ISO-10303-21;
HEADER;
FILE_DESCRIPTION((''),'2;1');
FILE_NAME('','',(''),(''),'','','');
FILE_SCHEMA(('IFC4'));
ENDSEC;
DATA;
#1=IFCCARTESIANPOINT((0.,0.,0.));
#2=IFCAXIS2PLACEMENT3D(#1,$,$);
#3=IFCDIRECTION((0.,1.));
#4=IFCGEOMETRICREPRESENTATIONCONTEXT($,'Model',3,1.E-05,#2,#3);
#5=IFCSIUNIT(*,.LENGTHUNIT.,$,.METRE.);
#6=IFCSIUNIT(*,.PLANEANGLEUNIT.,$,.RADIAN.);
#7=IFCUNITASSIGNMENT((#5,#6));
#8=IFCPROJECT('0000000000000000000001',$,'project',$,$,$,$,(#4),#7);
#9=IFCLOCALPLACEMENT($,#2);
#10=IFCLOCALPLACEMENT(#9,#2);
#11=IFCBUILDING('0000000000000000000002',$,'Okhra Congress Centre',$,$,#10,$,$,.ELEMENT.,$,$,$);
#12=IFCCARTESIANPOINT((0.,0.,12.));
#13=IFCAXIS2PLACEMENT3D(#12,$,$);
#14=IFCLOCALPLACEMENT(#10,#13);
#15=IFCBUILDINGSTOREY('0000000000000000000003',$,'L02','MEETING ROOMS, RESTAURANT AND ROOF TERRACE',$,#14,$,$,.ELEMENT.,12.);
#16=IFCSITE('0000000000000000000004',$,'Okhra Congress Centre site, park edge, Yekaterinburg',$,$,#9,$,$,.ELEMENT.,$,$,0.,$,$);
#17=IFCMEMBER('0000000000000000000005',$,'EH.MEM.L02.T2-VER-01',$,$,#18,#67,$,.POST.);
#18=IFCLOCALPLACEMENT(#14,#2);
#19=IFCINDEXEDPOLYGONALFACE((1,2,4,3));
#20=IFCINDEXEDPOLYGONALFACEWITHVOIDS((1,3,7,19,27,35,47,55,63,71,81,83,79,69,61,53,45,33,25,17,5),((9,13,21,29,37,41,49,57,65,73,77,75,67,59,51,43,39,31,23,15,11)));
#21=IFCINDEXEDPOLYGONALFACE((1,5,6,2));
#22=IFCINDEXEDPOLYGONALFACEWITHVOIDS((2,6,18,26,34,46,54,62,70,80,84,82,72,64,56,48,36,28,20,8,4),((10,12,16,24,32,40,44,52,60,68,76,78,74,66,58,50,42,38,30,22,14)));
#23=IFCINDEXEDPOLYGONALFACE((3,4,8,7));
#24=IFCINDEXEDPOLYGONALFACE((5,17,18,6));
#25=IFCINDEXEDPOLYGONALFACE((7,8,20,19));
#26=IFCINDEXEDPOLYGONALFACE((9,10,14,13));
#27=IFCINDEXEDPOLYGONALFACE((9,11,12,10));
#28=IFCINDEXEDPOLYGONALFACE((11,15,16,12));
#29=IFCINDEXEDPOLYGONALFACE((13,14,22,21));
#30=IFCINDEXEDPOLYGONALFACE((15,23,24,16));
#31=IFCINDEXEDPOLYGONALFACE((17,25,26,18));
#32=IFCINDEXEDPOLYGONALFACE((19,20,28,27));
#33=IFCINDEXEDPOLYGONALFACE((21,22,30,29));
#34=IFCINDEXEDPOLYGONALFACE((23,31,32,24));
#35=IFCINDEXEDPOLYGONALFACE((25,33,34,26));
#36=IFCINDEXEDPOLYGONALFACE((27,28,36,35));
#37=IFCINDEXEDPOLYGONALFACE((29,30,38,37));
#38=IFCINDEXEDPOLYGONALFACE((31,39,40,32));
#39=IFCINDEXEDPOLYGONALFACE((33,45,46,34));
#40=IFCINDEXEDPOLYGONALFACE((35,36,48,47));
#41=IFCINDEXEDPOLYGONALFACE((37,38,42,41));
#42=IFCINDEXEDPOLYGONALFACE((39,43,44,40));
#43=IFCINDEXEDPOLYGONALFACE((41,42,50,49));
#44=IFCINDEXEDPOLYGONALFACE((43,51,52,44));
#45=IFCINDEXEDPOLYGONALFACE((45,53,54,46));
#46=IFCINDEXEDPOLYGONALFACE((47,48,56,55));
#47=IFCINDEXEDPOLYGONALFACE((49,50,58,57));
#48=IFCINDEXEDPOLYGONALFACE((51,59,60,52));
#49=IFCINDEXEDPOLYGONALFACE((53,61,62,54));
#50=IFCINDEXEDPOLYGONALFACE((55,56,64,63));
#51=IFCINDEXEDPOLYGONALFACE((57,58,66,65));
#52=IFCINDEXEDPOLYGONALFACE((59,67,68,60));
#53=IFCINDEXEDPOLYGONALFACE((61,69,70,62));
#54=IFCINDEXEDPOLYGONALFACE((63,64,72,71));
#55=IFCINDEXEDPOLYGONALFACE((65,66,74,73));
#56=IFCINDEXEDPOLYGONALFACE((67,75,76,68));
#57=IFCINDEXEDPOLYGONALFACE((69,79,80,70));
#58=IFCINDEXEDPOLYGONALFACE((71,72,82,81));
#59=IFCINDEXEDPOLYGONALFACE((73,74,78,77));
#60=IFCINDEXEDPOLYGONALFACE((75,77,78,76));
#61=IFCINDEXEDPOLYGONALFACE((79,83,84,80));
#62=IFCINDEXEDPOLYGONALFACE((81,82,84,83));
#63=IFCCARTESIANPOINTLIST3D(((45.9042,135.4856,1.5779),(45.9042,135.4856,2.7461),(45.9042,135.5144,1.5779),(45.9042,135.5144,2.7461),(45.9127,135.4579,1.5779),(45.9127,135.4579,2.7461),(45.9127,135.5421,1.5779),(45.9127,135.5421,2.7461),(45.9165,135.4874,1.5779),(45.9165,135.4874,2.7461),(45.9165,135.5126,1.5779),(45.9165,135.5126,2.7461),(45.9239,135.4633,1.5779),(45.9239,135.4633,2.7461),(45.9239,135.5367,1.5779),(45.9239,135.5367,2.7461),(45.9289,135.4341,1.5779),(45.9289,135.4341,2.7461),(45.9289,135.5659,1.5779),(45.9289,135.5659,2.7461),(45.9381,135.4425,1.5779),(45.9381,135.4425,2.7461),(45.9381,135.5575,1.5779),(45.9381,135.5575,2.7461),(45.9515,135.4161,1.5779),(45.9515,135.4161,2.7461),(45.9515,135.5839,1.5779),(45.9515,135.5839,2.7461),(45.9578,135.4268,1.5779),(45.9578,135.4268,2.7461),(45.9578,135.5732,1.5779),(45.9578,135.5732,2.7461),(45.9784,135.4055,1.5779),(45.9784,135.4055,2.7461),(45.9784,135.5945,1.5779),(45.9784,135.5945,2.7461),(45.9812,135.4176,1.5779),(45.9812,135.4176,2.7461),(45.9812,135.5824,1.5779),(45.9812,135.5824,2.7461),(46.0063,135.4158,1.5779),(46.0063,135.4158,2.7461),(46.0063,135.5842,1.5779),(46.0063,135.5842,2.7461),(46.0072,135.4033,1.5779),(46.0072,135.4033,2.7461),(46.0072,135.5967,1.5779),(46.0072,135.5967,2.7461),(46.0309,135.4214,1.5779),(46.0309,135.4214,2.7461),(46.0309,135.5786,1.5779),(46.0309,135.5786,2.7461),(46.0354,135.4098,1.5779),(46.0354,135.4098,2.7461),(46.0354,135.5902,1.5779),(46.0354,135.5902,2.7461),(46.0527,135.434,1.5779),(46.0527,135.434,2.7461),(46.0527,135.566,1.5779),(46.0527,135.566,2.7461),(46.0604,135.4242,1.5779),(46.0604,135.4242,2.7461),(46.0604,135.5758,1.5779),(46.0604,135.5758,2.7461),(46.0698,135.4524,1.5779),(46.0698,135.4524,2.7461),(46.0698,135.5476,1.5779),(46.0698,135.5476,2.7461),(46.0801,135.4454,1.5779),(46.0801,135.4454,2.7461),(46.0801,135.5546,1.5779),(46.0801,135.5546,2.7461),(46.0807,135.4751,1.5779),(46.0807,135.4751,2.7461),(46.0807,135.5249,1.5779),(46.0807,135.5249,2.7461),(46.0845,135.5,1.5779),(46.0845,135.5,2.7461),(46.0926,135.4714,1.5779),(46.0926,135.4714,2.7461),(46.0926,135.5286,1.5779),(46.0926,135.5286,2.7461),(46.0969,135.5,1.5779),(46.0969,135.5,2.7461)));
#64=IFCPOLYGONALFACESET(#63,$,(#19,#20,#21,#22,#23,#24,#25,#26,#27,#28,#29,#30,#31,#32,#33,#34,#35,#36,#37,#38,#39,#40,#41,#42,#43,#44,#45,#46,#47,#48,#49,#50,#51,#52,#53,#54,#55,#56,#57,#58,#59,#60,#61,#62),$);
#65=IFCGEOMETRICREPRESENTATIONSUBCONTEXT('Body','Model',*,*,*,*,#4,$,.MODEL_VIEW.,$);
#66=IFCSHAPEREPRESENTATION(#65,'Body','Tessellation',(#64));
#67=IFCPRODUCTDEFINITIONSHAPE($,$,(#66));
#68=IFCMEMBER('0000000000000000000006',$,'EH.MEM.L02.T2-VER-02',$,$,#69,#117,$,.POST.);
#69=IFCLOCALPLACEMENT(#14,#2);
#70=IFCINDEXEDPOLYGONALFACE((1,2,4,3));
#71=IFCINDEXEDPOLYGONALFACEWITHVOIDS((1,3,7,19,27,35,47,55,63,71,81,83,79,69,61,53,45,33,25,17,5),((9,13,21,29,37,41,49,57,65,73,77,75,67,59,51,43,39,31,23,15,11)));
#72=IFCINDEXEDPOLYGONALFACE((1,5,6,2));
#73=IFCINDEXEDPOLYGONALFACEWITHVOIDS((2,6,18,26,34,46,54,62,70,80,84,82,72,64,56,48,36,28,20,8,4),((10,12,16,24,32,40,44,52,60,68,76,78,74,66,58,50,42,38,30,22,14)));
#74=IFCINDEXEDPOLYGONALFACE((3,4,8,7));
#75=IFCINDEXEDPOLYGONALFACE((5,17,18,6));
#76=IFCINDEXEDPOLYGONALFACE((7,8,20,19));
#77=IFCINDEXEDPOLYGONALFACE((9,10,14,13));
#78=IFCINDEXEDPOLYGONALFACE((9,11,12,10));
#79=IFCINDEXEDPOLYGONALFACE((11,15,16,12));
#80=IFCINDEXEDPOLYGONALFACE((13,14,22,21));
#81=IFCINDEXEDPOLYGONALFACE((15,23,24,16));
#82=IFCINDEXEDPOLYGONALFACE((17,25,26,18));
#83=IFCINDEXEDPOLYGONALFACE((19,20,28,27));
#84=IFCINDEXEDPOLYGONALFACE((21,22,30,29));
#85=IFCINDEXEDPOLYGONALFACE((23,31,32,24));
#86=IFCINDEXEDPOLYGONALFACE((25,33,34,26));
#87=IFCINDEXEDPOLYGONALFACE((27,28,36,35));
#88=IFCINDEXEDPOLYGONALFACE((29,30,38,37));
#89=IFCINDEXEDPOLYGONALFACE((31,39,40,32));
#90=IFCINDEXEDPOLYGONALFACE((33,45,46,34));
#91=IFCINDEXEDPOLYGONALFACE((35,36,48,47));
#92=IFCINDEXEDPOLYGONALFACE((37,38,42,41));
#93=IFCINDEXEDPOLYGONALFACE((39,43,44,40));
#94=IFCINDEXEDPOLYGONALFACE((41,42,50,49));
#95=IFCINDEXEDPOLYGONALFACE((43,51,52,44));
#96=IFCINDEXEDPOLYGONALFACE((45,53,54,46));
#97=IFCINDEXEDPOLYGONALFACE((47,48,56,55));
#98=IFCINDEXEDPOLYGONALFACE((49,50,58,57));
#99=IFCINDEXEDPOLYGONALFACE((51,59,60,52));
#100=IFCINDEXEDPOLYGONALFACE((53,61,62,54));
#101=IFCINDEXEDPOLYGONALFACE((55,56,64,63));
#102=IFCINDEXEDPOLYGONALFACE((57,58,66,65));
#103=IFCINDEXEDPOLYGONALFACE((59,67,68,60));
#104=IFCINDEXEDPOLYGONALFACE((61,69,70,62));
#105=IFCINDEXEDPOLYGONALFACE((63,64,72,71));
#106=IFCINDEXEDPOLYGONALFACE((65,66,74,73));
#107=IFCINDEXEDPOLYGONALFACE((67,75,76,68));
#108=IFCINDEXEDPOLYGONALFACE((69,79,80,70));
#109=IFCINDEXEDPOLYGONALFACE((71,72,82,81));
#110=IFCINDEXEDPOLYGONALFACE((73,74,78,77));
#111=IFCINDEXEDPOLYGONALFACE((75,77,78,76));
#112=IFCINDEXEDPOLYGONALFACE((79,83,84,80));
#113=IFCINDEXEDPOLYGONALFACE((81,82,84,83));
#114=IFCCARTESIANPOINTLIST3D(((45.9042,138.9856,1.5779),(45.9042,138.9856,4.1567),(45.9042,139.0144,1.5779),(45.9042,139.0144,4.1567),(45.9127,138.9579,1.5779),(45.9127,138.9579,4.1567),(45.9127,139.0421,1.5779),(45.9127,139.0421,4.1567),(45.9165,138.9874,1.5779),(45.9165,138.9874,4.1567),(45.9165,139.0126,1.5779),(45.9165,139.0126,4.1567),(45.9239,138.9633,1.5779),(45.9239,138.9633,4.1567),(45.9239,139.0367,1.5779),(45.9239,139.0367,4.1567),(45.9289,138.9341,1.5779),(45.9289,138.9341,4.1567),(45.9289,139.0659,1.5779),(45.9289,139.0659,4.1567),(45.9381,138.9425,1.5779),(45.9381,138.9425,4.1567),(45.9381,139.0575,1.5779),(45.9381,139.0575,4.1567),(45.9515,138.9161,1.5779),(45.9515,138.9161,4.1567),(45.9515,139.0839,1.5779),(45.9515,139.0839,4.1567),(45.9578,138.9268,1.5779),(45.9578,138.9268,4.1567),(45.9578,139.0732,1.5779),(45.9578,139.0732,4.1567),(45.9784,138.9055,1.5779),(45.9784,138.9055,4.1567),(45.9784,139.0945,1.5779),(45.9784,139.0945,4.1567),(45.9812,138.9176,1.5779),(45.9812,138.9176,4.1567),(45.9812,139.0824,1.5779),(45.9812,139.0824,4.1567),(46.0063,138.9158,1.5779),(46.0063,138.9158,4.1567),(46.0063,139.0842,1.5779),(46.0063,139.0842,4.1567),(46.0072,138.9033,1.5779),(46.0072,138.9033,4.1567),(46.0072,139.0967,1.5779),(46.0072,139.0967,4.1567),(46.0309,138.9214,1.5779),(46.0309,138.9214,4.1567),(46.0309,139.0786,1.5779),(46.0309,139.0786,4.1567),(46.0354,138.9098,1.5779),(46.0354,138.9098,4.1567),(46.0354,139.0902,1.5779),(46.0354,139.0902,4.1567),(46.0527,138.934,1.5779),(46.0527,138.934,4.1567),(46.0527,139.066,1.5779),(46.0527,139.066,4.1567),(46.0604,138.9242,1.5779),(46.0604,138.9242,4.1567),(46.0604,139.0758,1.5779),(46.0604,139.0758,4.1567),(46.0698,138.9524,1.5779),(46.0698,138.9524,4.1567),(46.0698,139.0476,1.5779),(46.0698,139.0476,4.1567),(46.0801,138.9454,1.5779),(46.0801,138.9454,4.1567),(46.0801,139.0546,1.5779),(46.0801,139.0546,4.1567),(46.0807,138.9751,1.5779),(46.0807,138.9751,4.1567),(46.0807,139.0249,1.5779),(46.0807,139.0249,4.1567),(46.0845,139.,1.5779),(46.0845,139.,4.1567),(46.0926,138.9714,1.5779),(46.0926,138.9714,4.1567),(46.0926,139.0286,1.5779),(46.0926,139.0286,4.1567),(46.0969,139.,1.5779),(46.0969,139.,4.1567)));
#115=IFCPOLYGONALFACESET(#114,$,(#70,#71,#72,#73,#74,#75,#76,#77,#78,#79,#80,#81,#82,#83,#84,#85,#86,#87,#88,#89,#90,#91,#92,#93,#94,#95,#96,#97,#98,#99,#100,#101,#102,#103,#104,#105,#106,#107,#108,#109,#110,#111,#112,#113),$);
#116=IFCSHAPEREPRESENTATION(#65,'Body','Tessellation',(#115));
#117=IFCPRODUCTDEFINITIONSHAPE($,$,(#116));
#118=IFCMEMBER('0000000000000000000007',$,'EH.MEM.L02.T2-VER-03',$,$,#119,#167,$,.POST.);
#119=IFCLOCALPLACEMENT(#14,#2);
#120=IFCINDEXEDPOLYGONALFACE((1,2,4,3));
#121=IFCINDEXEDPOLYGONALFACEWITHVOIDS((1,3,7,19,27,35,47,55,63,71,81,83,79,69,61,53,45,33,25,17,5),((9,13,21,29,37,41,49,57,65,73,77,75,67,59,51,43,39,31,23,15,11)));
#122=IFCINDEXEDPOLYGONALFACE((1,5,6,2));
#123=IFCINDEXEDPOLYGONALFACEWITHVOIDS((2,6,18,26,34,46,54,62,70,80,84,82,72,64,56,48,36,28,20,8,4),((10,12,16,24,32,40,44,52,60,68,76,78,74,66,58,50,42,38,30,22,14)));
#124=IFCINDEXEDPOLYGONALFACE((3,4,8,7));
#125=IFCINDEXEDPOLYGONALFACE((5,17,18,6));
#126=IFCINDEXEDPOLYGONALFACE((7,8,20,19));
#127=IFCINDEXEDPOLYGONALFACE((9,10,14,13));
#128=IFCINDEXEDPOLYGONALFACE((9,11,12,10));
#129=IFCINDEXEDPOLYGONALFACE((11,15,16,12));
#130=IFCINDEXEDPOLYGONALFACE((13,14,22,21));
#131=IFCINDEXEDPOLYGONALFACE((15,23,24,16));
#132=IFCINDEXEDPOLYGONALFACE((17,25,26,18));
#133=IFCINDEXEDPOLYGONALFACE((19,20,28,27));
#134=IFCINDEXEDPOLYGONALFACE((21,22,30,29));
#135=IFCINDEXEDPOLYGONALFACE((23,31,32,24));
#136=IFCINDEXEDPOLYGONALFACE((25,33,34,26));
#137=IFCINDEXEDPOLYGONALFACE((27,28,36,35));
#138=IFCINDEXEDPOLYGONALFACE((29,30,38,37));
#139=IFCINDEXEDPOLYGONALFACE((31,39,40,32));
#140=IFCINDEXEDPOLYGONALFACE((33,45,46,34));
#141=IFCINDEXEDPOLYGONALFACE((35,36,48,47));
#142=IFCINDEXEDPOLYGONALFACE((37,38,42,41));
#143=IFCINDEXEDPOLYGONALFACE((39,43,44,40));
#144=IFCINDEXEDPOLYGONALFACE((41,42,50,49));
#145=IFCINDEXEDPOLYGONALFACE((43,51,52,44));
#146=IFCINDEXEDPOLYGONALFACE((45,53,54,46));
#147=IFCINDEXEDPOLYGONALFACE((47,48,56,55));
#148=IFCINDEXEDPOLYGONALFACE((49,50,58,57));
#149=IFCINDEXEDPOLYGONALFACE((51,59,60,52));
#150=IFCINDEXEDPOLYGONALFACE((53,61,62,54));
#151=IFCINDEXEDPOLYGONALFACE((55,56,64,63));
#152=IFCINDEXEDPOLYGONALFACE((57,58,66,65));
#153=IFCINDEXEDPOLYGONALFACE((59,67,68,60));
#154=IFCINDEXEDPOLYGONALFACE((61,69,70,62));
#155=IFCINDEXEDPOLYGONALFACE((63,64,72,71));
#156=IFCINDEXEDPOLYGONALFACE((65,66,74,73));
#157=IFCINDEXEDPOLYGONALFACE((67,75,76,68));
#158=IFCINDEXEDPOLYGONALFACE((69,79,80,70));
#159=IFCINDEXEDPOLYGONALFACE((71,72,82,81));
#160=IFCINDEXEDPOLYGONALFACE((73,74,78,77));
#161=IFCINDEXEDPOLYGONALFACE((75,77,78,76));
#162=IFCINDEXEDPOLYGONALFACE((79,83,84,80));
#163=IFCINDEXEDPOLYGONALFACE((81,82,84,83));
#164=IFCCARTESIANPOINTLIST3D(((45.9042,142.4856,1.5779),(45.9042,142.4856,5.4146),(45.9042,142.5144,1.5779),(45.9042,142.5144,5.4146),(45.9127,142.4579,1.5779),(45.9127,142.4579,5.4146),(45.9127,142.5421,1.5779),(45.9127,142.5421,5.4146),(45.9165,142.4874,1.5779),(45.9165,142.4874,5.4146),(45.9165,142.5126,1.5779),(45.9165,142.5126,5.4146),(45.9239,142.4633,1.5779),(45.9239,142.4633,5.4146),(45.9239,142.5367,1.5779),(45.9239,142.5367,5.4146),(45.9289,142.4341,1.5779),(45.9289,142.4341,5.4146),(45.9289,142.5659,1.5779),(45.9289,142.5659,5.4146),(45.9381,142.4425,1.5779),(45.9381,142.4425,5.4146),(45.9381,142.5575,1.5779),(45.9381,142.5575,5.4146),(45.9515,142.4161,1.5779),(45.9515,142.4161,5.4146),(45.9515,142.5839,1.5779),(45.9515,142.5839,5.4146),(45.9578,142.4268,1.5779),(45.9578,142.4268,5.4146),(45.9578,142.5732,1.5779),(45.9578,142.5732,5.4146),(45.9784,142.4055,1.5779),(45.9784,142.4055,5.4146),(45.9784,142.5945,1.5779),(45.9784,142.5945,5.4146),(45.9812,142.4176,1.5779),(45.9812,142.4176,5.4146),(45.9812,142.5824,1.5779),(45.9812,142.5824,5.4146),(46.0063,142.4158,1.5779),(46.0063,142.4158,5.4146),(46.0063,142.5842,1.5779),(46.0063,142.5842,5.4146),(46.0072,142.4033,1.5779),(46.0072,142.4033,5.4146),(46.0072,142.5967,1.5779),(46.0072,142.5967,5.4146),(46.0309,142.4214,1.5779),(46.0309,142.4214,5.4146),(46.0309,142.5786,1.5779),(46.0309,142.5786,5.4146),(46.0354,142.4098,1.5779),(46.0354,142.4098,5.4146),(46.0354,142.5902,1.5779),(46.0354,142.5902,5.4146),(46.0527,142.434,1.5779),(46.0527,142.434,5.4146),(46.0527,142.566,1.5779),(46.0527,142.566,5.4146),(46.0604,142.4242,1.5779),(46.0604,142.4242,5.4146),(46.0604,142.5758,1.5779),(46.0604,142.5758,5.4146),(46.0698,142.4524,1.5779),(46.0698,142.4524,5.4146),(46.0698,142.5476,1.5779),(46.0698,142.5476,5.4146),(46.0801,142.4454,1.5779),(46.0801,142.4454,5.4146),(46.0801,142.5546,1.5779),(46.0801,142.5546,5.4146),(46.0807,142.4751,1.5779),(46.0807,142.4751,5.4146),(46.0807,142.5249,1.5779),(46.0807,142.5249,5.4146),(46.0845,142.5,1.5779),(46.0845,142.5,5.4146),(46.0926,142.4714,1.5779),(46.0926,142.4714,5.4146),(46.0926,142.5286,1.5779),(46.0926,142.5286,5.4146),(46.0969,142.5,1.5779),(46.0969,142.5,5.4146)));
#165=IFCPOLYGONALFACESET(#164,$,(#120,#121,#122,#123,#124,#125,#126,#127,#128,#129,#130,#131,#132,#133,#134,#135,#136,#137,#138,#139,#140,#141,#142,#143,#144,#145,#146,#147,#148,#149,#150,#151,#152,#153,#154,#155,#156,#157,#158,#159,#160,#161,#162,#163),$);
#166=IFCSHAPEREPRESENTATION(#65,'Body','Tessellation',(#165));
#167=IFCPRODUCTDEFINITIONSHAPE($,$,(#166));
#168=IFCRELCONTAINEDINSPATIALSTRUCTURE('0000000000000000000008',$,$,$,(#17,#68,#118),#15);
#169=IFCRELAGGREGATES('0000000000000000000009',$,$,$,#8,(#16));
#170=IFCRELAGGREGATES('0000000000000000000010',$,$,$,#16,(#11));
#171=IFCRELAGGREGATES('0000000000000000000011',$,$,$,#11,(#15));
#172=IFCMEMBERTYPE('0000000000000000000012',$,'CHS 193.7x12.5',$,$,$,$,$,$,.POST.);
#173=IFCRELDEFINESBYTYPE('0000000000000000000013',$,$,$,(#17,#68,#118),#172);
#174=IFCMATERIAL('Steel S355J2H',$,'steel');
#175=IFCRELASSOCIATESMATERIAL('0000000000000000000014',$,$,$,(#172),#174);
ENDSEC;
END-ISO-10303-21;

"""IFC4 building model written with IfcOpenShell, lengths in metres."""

from ifc_helpers import new_model, si_unit, direction, frame, origin, origin_2d, place, context, subcontext, project, spatial, hollow_circle, extrude, material, material_profile, profile_set, type_object, element, save


model = new_model("IFC4")

# Units and contexts
model_context = context("Model", 3, precision=1e-05, world=origin(), true_north=direction((0.0, 1.0)))
body_context = subcontext(model_context, "Body", "Model", "MODEL_VIEW")
ifc_project = project(units=[si_unit("LENGTHUNIT", "METRE"), si_unit("PLANEANGLEUNIT", "RADIAN")], contexts=[model_context])

# Site, building, storey
site_placement = place(None, origin())
site = spatial("IfcSite", under=ifc_project, at=site_placement, Name="Okhra Congress Centre site, park edge, Yekaterinburg", CompositionType="ELEMENT", RefElevation=0.0)
building_placement = place(site_placement, origin())
building = spatial("IfcBuilding", under=site, at=building_placement, Name="Okhra Congress Centre", CompositionType="ELEMENT")
storey_placement = place(building_placement, frame((0.0, 0.0, 12.0)))
storey = spatial("IfcBuildingStorey", under=building, at=storey_placement, Name="L02", Description="MEETING ROOMS, RESTAURANT AND ROOF TERRACE", CompositionType="ELEMENT", Elevation=12.0)

# Members
ifc_material_1 = material(Name="Steel S355J2H", Category="steel")
ifc_material_profile_1 = material_profile(ifc_material_1, hollow_circle(Radius=0.0969, WallThickness=0.0125, at=origin_2d()), Name="CHS 193.7x12.5")
ifc_profile_set_1 = profile_set([ifc_material_profile_1], Name="Steel S355J2H")
member_type_1 = type_object("IfcMemberType", Name="CHS 193.7x12.5", PredefinedType="POST", material=ifc_profile_set_1)
member_1_placement = place(storey_placement, frame((46.0, 135.5, 1.5779), z_axis=(0.0, 0.0, 1.0), x_axis=(1.0, 0.0, 0.0)))
element("IfcMember", 1, at=member_1_placement, inside=storey, type_object=member_type_1, Name="EH.MEM.L02.T2-VER-01", PredefinedType="POST", context=body_context, shape_type="SweptSolid", body=[
    extrude(hollow_circle(Radius=0.0969, WallThickness=0.0125, at=origin_2d()), origin(), (0.0, 0.0, 1.0), 1.1682),
])
member_2_placement = place(storey_placement, frame((46.0, 139.0, 1.5779), z_axis=(0.0, 0.0, 1.0), x_axis=(1.0, 0.0, 0.0)))
element("IfcMember", 2, at=member_2_placement, inside=storey, type_object=member_type_1, Name="EH.MEM.L02.T2-VER-02", PredefinedType="POST", context=body_context, shape_type="SweptSolid", body=[
    extrude(hollow_circle(Radius=0.0969, WallThickness=0.0125, at=origin_2d()), origin(), (0.0, 0.0, 1.0), 2.5789),
])
member_3_placement = place(storey_placement, frame((46.0, 142.5, 1.5779), z_axis=(0.0, 0.0, 1.0), x_axis=(1.0, 0.0, 0.0)))
element("IfcMember", 3, at=member_3_placement, inside=storey, type_object=member_type_1, Name="EH.MEM.L02.T2-VER-03", PredefinedType="POST", context=body_context, shape_type="SweptSolid", body=[
    extrude(hollow_circle(Radius=0.0969, WallThickness=0.0125, at=origin_2d()), origin(), (0.0, 0.0, 1.0), 3.8367),
])

save(model, "model.ifc")
